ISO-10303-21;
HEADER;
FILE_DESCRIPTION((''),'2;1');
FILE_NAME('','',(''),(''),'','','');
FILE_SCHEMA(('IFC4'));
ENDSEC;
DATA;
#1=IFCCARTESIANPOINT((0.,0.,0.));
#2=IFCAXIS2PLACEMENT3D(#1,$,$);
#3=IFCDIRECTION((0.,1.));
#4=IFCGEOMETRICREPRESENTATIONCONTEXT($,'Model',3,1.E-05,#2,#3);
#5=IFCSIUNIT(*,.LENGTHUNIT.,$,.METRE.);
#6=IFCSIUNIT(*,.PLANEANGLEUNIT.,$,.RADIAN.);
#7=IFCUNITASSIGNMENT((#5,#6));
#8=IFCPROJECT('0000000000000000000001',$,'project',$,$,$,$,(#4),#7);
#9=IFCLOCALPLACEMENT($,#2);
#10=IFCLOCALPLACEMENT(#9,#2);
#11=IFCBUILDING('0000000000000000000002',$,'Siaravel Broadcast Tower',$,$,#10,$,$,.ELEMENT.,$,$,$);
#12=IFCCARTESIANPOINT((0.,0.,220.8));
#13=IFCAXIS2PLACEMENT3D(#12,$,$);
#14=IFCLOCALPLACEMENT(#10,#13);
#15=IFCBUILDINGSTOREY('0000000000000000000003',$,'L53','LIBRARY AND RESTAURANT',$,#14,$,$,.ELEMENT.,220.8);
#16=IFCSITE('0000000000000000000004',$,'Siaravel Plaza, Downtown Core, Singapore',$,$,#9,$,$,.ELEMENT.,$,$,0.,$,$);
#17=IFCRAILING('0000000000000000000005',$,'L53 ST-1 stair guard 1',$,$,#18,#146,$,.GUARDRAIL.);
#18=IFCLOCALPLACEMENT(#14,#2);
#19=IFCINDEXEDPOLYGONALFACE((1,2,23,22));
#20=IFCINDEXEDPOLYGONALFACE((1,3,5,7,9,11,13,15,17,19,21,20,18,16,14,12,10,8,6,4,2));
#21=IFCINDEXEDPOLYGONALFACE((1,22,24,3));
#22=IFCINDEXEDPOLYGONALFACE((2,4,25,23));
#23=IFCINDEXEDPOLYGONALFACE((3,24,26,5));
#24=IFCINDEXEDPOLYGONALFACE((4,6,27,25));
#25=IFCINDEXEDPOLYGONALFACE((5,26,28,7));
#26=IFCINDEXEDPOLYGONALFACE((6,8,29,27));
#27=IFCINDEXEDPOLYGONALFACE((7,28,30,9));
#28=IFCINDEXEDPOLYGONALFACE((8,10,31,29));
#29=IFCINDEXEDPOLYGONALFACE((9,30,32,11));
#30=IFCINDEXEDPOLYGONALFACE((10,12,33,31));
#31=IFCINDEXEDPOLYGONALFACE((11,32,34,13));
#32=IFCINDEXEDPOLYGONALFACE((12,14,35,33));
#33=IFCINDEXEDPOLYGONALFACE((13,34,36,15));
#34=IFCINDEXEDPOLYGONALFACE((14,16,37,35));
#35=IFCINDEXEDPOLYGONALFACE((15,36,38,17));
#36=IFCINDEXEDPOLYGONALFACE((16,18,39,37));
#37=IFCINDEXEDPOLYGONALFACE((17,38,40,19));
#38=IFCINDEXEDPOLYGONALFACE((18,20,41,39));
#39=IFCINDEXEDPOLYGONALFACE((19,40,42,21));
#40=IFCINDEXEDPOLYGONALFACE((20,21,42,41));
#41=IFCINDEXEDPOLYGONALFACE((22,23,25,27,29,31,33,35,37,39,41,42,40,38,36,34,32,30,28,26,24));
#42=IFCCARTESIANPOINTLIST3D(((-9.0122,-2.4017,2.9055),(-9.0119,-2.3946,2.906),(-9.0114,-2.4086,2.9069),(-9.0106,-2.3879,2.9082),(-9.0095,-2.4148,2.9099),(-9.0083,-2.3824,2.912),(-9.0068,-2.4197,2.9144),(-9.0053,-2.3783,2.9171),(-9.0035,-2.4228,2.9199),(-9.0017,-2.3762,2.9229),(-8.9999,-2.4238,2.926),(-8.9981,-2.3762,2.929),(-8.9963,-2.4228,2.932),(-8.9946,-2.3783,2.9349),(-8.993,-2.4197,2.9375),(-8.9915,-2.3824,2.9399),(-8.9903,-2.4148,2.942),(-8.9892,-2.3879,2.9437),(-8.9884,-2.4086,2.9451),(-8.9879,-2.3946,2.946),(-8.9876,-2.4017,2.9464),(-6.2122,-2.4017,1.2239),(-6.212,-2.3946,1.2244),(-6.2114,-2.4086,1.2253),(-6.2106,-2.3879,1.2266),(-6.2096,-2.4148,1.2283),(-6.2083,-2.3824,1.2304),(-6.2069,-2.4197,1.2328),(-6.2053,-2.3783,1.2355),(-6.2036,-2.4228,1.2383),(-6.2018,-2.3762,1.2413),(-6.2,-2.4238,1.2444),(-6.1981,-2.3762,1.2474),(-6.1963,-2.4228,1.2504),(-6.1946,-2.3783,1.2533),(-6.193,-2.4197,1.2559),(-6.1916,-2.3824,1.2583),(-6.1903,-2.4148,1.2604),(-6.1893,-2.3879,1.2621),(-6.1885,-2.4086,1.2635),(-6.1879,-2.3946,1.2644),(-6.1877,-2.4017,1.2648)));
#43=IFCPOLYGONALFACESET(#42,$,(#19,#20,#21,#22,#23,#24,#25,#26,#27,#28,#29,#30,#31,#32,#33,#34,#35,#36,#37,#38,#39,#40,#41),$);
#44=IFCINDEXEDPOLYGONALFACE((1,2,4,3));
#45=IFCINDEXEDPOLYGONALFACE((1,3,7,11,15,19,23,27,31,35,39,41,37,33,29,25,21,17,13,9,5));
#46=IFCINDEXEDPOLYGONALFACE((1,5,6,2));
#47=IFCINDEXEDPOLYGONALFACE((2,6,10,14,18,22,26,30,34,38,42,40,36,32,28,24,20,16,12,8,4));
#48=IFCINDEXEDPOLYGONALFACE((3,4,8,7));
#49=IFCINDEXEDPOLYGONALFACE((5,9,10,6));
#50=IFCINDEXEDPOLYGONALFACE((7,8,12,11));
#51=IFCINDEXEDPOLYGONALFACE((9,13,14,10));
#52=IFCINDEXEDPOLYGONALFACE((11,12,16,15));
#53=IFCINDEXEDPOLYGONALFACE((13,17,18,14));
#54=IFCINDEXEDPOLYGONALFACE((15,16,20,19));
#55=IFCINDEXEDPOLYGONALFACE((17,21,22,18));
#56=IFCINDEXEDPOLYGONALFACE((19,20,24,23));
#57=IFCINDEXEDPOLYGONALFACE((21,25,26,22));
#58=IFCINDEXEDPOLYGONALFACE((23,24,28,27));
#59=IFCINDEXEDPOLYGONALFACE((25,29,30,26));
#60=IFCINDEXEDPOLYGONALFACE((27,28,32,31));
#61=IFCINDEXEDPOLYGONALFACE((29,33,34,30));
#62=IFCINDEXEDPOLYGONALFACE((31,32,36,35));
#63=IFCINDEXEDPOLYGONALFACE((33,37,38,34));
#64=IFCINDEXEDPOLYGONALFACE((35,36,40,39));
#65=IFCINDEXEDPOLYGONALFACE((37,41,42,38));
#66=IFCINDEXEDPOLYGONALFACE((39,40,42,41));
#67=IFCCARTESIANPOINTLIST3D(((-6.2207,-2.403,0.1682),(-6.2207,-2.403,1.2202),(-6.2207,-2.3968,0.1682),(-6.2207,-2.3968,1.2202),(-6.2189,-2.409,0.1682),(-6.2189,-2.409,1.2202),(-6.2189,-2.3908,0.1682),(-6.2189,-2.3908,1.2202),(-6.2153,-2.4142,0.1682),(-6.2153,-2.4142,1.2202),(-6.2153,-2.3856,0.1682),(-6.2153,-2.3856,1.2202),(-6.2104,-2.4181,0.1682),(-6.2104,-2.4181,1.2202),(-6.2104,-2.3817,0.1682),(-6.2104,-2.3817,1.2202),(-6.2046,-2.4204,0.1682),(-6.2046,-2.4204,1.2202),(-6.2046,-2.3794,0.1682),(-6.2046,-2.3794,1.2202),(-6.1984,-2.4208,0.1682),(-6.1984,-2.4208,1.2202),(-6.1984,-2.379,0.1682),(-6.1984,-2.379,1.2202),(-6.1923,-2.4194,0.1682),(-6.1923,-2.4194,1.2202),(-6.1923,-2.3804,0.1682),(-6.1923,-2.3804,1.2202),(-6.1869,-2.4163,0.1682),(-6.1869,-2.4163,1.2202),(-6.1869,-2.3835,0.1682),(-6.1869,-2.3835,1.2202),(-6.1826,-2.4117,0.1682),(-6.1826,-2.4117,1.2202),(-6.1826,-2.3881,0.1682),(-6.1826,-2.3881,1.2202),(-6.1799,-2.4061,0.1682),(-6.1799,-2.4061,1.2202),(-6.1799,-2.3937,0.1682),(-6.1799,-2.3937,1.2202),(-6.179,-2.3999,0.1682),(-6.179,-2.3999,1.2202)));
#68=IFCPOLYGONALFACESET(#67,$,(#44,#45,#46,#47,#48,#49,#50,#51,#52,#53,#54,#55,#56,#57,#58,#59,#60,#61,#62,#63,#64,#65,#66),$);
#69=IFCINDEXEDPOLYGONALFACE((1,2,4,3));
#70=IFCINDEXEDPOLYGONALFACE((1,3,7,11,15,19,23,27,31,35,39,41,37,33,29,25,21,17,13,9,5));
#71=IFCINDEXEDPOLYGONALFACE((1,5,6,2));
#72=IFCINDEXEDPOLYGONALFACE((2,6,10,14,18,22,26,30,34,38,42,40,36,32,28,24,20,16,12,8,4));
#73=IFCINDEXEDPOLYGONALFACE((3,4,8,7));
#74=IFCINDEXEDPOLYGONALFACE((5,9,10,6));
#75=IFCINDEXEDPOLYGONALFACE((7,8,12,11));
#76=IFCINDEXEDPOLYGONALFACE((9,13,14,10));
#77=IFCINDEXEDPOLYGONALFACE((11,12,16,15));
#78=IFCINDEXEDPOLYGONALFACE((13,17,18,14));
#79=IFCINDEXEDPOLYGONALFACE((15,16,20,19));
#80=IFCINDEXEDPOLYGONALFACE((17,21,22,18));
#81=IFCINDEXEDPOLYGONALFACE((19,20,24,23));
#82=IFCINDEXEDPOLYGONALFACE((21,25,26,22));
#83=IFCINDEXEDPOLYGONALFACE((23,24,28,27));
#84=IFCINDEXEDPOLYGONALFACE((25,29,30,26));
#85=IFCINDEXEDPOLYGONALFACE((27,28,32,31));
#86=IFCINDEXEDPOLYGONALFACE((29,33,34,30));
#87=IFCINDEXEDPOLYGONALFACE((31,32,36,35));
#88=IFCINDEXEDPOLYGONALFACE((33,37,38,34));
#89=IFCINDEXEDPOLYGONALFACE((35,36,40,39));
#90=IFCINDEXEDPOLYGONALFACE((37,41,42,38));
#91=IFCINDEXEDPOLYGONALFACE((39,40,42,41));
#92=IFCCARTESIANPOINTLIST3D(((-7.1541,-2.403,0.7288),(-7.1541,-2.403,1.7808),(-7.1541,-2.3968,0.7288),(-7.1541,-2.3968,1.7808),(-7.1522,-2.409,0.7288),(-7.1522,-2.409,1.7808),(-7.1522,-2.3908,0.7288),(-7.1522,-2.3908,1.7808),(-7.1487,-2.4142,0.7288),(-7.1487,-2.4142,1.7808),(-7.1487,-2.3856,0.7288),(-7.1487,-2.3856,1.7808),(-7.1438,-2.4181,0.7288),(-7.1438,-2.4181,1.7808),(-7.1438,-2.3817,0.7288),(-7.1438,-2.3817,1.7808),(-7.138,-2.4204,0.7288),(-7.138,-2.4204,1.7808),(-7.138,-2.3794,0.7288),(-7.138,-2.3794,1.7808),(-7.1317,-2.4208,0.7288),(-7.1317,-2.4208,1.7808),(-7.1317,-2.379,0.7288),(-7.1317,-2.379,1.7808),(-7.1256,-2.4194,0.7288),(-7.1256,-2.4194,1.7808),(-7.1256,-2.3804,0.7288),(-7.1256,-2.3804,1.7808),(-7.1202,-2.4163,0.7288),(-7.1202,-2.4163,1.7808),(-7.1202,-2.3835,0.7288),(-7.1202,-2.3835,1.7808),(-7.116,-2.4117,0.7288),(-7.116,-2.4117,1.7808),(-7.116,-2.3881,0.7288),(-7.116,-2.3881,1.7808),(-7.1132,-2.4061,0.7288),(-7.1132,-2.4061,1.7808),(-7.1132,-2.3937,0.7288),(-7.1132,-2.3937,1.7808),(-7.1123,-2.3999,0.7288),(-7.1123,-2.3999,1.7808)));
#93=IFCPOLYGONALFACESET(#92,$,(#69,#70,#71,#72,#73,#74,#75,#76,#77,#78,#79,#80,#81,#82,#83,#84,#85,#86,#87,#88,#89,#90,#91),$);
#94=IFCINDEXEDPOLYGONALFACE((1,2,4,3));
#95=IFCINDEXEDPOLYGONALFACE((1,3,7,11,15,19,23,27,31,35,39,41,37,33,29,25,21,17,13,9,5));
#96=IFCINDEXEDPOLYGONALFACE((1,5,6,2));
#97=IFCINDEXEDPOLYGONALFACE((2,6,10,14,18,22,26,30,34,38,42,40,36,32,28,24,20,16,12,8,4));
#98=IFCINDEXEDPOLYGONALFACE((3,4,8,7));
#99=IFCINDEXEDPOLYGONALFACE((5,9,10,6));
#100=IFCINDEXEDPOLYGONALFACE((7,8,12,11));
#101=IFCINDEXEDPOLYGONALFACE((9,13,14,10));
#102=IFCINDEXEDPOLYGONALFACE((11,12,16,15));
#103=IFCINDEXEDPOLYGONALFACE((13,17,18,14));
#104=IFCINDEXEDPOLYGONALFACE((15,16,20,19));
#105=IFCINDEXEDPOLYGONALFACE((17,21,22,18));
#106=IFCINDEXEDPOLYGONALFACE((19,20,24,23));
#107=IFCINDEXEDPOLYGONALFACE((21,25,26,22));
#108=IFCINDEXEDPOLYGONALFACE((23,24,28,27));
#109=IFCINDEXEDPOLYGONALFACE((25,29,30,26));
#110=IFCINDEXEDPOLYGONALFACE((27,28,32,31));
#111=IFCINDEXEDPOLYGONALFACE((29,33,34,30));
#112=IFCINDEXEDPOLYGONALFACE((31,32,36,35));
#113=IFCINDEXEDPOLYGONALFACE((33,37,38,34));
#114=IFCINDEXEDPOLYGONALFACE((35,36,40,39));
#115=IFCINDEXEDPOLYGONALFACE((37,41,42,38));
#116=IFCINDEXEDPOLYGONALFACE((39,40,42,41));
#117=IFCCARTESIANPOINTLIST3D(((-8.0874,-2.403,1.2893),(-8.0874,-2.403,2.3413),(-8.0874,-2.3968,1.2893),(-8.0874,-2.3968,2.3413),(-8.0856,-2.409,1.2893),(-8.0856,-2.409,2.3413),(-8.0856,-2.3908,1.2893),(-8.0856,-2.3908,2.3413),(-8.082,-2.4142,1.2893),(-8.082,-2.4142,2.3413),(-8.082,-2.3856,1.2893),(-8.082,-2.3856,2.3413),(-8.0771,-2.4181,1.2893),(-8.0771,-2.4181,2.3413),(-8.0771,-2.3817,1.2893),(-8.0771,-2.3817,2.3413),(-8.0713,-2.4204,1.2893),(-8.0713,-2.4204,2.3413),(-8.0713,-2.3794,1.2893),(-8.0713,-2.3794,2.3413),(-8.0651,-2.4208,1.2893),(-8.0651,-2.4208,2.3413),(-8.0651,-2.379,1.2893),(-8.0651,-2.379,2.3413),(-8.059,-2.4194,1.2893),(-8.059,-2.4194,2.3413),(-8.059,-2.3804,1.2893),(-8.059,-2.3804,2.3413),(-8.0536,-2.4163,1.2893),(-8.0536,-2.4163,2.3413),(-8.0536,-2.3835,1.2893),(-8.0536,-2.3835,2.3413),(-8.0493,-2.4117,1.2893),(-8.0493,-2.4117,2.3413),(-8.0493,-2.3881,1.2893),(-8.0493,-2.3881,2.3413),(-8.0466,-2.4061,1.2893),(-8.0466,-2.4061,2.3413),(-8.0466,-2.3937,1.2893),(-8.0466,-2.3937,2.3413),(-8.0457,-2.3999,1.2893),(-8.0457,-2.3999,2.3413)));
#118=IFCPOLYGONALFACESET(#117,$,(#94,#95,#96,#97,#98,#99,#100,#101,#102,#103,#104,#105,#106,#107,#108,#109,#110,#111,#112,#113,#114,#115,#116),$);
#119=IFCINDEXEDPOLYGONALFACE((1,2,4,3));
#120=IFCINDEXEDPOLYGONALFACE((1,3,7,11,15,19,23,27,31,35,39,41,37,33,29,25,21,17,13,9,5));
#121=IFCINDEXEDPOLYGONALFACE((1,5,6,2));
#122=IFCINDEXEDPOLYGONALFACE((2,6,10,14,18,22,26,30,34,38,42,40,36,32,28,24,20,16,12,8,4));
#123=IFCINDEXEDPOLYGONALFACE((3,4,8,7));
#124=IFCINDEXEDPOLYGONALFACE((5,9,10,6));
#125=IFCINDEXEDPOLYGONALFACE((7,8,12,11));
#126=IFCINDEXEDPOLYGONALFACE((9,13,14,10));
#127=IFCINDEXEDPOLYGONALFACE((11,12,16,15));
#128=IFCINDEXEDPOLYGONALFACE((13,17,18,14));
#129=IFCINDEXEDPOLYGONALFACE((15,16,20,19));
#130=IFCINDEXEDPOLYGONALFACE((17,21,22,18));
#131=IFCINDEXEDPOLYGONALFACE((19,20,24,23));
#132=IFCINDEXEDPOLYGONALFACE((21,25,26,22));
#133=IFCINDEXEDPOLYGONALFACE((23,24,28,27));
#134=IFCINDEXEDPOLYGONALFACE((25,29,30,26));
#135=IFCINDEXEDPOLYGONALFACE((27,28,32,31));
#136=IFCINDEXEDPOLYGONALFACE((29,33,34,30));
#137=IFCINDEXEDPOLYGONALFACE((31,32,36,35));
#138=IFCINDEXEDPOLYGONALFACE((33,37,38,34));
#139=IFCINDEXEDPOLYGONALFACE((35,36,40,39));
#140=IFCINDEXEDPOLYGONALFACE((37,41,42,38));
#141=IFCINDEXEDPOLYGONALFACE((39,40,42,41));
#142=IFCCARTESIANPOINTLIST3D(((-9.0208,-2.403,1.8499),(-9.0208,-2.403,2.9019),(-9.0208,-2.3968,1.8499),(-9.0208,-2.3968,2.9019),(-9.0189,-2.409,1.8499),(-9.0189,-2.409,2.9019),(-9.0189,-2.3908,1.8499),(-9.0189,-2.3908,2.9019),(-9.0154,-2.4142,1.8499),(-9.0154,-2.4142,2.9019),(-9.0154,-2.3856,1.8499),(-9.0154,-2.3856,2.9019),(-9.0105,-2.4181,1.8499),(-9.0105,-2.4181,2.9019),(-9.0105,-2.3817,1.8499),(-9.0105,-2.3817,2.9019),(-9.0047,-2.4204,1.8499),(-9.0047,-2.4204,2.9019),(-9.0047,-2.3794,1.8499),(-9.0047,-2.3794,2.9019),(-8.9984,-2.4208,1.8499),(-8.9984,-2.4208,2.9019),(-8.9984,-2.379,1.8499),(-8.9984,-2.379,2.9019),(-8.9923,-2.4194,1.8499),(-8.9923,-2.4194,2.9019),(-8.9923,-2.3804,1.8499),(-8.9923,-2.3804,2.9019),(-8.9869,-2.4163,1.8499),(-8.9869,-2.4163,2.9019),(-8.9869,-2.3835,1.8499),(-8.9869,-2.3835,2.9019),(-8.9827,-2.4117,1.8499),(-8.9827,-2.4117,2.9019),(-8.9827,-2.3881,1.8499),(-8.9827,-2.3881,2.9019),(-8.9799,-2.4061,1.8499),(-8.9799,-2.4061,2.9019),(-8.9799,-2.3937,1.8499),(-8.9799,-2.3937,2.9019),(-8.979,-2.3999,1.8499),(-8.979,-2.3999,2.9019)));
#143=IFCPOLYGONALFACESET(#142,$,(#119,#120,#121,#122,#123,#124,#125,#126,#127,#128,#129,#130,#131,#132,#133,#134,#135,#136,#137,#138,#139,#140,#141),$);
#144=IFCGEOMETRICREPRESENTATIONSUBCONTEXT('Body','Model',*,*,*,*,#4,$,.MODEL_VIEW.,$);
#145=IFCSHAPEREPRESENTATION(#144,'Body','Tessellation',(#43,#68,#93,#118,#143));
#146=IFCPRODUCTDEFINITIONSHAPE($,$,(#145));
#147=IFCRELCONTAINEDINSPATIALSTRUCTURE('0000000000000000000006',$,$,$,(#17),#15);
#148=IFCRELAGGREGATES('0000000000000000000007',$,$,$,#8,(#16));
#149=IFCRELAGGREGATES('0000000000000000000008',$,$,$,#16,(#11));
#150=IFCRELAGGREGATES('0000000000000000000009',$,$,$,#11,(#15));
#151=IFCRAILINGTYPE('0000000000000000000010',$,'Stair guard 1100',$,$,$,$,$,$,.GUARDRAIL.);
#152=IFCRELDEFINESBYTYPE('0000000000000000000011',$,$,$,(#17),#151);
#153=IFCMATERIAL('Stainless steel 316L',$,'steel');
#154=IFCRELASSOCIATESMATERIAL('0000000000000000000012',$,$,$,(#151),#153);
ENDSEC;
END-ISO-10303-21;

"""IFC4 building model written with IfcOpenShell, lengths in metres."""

from ifc_helpers import new_model, si_unit, direction, frame, origin, origin_2d, place, context, subcontext, project, spatial, circle, extrude, material, type_object, element, save


model = new_model("IFC4")

# Units and contexts
model_context = context("Model", 3, precision=1e-05, world=origin(), true_north=direction((0.0, 1.0)))
body_context = subcontext(model_context, "Body", "Model", "MODEL_VIEW")
ifc_project = project(units=[si_unit("LENGTHUNIT", "METRE"), si_unit("PLANEANGLEUNIT", "RADIAN")], contexts=[model_context])

# Site, building, storey
site_placement = place(None, origin())
site = spatial("IfcSite", under=ifc_project, at=site_placement, Name="Siaravel Plaza, Downtown Core, Singapore", CompositionType="ELEMENT", RefElevation=0.0)
building_placement = place(site_placement, origin())
building = spatial("IfcBuilding", under=site, at=building_placement, Name="Siaravel Broadcast Tower", CompositionType="ELEMENT")
storey_placement = place(building_placement, frame((0.0, 0.0, 220.8)))
storey = spatial("IfcBuildingStorey", under=building, at=storey_placement, Name="L53", Description="LIBRARY AND RESTAURANT", CompositionType="ELEMENT", Elevation=220.8)

# Shared definitions
ifc_material_1 = material(Name="Stainless steel 316L", Category="steel")

# Railing
railing_type_1 = type_object("IfcRailingType", Name="Stair guard 1100", PredefinedType="GUARDRAIL", material=ifc_material_1)
railing_1_placement = place(storey_placement, frame((-6.2, -2.3999, 0.1682)))
element("IfcRailing", 1, at=railing_1_placement, inside=storey, type_object=railing_type_1, Name="L53 ST-1 stair guard 1", PredefinedType="GUARDRAIL", context=body_context, shape_type="SweptSolid", body=[
    extrude(circle(Radius=0.0239, at=origin_2d()), frame((0.0, 0.0, 1.0762), z_axis=(-0.857275, 0.0, 0.514858), x_axis=(0.0, -1.0, 0.0)), (0.0, 0.0, 1.0), 3.2661),
    extrude(circle(Radius=0.021, at=origin_2d()), origin(), (0.0, 0.0, 1.0), 1.052),
    extrude(circle(Radius=0.021, at=origin_2d()), frame((-0.9333, 0.0, 0.5605)), (0.0, 0.0, 1.0), 1.052),
    extrude(circle(Radius=0.021, at=origin_2d()), frame((-1.8667, 0.0, 1.1211)), (0.0, 0.0, 1.0), 1.052),
    extrude(circle(Radius=0.021, at=origin_2d()), frame((-2.8, 0.0, 1.6816)), (0.0, 0.0, 1.0), 1.052),
])

save(model, "model.ifc")
